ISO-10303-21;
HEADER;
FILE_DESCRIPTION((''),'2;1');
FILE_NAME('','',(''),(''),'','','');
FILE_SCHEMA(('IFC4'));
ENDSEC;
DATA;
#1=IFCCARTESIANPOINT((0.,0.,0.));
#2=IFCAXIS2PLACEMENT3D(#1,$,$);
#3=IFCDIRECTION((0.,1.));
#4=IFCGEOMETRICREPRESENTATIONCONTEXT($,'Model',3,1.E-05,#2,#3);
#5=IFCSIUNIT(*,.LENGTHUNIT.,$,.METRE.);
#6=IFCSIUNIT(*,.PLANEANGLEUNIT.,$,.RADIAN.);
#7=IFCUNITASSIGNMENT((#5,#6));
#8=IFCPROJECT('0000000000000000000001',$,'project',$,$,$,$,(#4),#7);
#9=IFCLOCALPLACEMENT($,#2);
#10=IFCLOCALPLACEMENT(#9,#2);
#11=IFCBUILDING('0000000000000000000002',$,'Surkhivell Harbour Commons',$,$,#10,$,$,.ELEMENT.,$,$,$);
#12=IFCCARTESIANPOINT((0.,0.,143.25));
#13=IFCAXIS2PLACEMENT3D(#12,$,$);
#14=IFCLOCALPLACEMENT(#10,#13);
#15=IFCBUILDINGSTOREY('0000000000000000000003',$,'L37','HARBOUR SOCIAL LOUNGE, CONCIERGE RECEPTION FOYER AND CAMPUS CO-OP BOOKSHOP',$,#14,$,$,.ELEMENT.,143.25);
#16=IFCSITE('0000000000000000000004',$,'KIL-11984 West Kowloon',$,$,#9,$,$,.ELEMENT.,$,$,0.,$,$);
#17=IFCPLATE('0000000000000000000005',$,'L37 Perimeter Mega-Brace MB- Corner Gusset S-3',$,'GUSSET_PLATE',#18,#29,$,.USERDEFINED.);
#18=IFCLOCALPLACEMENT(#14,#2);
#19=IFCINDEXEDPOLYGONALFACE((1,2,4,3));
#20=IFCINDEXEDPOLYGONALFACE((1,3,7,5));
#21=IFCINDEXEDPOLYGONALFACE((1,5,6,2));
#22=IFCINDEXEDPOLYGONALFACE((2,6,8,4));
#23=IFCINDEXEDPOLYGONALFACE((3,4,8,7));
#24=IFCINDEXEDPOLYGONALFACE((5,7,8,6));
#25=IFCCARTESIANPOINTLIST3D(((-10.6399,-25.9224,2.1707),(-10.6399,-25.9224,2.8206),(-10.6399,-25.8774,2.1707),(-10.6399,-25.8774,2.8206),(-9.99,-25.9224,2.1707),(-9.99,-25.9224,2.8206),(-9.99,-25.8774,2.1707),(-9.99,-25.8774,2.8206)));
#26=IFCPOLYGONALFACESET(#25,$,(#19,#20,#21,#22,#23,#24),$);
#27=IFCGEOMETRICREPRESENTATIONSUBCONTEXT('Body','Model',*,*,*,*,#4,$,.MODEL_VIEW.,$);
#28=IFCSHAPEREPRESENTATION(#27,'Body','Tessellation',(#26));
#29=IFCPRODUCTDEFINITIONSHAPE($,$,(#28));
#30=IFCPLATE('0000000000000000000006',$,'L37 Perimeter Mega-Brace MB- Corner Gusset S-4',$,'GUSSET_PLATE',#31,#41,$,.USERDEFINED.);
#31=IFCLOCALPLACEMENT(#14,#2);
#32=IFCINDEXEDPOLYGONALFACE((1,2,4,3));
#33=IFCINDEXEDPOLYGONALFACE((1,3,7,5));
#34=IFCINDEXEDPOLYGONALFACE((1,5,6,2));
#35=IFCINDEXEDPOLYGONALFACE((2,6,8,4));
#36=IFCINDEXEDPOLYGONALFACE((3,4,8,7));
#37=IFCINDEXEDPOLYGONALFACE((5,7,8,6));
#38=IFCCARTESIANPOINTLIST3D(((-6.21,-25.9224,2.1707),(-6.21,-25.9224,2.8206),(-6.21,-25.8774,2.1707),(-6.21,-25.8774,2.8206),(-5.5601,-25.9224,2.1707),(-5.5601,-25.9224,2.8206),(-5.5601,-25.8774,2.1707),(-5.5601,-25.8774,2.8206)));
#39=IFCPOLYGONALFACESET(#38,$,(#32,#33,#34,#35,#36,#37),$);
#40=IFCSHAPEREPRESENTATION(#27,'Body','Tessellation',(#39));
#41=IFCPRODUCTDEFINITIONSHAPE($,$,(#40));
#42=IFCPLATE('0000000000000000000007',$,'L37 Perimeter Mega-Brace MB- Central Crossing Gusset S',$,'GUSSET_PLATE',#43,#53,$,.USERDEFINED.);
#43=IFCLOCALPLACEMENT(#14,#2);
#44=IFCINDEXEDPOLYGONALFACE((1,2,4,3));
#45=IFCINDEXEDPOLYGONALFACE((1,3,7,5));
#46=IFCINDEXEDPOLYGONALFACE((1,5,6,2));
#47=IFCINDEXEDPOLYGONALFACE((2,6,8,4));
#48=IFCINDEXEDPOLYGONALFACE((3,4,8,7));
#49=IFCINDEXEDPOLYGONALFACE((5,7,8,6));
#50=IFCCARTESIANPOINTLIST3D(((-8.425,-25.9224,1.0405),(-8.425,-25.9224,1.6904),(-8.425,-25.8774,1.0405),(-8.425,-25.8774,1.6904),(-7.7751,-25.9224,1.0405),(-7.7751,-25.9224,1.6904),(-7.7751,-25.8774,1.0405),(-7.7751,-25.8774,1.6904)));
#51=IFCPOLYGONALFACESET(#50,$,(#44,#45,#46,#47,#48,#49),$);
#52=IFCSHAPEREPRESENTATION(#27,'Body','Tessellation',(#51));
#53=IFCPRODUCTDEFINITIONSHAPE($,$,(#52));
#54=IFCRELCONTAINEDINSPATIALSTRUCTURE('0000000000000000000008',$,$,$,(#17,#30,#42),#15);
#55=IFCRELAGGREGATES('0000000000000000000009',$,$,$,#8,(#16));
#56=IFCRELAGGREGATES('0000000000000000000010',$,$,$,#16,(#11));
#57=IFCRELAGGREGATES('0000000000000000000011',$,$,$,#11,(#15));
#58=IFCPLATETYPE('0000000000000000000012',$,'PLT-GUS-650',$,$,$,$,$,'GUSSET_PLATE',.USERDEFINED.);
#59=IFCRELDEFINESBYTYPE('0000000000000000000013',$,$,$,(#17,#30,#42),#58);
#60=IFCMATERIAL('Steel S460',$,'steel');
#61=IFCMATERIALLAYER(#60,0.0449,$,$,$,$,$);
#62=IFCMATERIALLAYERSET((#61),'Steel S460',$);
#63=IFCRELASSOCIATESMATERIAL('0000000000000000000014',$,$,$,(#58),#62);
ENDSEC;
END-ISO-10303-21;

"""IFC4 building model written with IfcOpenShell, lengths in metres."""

from ifc_helpers import new_model, si_unit, direction, frame, origin, origin_2d, place, context, subcontext, project, spatial, rectangle, extrude, material, layer, layer_set, type_object, element, save


model = new_model("IFC4")

# Units and contexts
model_context = context("Model", 3, precision=1e-05, world=origin(), true_north=direction((0.0, 1.0)))
body_context = subcontext(model_context, "Body", "Model", "MODEL_VIEW")
ifc_project = project(units=[si_unit("LENGTHUNIT", "METRE"), si_unit("PLANEANGLEUNIT", "RADIAN")], contexts=[model_context])

# Site, building, storey
site_placement = place(None, origin())
site = spatial("IfcSite", under=ifc_project, at=site_placement, Name="KIL-11984 West Kowloon", CompositionType="ELEMENT", RefElevation=0.0)
building_placement = place(site_placement, origin())
building = spatial("IfcBuilding", under=site, at=building_placement, Name="Surkhivell Harbour Commons", CompositionType="ELEMENT")
storey_placement = place(building_placement, frame((0.0, 0.0, 143.25)))
storey = spatial("IfcBuildingStorey", under=building, at=storey_placement, Name="L37", Description="HARBOUR SOCIAL LOUNGE, CONCIERGE RECEPTION FOYER AND CAMPUS CO-OP BOOKSHOP", CompositionType="ELEMENT", Elevation=143.25)

# Shared definitions
ifc_material_1 = material(Name="Steel S460", Category="steel")

# Plates
ifc_layer_1 = layer(ifc_material_1, 0.0449)
ifc_layer_set_1 = layer_set([ifc_layer_1], Name="Steel S460")
plate_type_1 = type_object("IfcPlateType", Name="PLT-GUS-650", ElementType="GUSSET_PLATE", PredefinedType="USERDEFINED", material=ifc_layer_set_1)
for number, where, z_axis, x_axis, name in (
    (1, (-10.3149, -25.8999, 2.1707), (0.0, 0.0, 1.0), (1.0, 0.0, 0.0), "L37 Perimeter Mega-Brace MB- Corner Gusset S-3"),
    (2, (-5.885, -25.8999, 2.1707), (0.0, 0.0, 1.0), (1.0, 0.0, 0.0), "L37 Perimeter Mega-Brace MB- Corner Gusset S-4"),
    (3, (-8.1001, -25.8999, 1.0405), (0.0, 0.0, 1.0), (1.0, 0.0, 0.0), "L37 Perimeter Mega-Brace MB- Central Crossing Gusset S"),
):
    element("IfcPlate", number, at=place(storey_placement, frame(where, z_axis=z_axis, x_axis=x_axis)), inside=storey, type_object=plate_type_1, Name=name, ObjectType="GUSSET_PLATE", PredefinedType="USERDEFINED", context=body_context, shape_type="SweptSolid", body=[
        extrude(rectangle(XDim=0.6499, YDim=0.0449, at=origin_2d()), origin(), (0.0, 0.0, 1.0), 0.6499),
    ])

save(model, "model.ifc")
